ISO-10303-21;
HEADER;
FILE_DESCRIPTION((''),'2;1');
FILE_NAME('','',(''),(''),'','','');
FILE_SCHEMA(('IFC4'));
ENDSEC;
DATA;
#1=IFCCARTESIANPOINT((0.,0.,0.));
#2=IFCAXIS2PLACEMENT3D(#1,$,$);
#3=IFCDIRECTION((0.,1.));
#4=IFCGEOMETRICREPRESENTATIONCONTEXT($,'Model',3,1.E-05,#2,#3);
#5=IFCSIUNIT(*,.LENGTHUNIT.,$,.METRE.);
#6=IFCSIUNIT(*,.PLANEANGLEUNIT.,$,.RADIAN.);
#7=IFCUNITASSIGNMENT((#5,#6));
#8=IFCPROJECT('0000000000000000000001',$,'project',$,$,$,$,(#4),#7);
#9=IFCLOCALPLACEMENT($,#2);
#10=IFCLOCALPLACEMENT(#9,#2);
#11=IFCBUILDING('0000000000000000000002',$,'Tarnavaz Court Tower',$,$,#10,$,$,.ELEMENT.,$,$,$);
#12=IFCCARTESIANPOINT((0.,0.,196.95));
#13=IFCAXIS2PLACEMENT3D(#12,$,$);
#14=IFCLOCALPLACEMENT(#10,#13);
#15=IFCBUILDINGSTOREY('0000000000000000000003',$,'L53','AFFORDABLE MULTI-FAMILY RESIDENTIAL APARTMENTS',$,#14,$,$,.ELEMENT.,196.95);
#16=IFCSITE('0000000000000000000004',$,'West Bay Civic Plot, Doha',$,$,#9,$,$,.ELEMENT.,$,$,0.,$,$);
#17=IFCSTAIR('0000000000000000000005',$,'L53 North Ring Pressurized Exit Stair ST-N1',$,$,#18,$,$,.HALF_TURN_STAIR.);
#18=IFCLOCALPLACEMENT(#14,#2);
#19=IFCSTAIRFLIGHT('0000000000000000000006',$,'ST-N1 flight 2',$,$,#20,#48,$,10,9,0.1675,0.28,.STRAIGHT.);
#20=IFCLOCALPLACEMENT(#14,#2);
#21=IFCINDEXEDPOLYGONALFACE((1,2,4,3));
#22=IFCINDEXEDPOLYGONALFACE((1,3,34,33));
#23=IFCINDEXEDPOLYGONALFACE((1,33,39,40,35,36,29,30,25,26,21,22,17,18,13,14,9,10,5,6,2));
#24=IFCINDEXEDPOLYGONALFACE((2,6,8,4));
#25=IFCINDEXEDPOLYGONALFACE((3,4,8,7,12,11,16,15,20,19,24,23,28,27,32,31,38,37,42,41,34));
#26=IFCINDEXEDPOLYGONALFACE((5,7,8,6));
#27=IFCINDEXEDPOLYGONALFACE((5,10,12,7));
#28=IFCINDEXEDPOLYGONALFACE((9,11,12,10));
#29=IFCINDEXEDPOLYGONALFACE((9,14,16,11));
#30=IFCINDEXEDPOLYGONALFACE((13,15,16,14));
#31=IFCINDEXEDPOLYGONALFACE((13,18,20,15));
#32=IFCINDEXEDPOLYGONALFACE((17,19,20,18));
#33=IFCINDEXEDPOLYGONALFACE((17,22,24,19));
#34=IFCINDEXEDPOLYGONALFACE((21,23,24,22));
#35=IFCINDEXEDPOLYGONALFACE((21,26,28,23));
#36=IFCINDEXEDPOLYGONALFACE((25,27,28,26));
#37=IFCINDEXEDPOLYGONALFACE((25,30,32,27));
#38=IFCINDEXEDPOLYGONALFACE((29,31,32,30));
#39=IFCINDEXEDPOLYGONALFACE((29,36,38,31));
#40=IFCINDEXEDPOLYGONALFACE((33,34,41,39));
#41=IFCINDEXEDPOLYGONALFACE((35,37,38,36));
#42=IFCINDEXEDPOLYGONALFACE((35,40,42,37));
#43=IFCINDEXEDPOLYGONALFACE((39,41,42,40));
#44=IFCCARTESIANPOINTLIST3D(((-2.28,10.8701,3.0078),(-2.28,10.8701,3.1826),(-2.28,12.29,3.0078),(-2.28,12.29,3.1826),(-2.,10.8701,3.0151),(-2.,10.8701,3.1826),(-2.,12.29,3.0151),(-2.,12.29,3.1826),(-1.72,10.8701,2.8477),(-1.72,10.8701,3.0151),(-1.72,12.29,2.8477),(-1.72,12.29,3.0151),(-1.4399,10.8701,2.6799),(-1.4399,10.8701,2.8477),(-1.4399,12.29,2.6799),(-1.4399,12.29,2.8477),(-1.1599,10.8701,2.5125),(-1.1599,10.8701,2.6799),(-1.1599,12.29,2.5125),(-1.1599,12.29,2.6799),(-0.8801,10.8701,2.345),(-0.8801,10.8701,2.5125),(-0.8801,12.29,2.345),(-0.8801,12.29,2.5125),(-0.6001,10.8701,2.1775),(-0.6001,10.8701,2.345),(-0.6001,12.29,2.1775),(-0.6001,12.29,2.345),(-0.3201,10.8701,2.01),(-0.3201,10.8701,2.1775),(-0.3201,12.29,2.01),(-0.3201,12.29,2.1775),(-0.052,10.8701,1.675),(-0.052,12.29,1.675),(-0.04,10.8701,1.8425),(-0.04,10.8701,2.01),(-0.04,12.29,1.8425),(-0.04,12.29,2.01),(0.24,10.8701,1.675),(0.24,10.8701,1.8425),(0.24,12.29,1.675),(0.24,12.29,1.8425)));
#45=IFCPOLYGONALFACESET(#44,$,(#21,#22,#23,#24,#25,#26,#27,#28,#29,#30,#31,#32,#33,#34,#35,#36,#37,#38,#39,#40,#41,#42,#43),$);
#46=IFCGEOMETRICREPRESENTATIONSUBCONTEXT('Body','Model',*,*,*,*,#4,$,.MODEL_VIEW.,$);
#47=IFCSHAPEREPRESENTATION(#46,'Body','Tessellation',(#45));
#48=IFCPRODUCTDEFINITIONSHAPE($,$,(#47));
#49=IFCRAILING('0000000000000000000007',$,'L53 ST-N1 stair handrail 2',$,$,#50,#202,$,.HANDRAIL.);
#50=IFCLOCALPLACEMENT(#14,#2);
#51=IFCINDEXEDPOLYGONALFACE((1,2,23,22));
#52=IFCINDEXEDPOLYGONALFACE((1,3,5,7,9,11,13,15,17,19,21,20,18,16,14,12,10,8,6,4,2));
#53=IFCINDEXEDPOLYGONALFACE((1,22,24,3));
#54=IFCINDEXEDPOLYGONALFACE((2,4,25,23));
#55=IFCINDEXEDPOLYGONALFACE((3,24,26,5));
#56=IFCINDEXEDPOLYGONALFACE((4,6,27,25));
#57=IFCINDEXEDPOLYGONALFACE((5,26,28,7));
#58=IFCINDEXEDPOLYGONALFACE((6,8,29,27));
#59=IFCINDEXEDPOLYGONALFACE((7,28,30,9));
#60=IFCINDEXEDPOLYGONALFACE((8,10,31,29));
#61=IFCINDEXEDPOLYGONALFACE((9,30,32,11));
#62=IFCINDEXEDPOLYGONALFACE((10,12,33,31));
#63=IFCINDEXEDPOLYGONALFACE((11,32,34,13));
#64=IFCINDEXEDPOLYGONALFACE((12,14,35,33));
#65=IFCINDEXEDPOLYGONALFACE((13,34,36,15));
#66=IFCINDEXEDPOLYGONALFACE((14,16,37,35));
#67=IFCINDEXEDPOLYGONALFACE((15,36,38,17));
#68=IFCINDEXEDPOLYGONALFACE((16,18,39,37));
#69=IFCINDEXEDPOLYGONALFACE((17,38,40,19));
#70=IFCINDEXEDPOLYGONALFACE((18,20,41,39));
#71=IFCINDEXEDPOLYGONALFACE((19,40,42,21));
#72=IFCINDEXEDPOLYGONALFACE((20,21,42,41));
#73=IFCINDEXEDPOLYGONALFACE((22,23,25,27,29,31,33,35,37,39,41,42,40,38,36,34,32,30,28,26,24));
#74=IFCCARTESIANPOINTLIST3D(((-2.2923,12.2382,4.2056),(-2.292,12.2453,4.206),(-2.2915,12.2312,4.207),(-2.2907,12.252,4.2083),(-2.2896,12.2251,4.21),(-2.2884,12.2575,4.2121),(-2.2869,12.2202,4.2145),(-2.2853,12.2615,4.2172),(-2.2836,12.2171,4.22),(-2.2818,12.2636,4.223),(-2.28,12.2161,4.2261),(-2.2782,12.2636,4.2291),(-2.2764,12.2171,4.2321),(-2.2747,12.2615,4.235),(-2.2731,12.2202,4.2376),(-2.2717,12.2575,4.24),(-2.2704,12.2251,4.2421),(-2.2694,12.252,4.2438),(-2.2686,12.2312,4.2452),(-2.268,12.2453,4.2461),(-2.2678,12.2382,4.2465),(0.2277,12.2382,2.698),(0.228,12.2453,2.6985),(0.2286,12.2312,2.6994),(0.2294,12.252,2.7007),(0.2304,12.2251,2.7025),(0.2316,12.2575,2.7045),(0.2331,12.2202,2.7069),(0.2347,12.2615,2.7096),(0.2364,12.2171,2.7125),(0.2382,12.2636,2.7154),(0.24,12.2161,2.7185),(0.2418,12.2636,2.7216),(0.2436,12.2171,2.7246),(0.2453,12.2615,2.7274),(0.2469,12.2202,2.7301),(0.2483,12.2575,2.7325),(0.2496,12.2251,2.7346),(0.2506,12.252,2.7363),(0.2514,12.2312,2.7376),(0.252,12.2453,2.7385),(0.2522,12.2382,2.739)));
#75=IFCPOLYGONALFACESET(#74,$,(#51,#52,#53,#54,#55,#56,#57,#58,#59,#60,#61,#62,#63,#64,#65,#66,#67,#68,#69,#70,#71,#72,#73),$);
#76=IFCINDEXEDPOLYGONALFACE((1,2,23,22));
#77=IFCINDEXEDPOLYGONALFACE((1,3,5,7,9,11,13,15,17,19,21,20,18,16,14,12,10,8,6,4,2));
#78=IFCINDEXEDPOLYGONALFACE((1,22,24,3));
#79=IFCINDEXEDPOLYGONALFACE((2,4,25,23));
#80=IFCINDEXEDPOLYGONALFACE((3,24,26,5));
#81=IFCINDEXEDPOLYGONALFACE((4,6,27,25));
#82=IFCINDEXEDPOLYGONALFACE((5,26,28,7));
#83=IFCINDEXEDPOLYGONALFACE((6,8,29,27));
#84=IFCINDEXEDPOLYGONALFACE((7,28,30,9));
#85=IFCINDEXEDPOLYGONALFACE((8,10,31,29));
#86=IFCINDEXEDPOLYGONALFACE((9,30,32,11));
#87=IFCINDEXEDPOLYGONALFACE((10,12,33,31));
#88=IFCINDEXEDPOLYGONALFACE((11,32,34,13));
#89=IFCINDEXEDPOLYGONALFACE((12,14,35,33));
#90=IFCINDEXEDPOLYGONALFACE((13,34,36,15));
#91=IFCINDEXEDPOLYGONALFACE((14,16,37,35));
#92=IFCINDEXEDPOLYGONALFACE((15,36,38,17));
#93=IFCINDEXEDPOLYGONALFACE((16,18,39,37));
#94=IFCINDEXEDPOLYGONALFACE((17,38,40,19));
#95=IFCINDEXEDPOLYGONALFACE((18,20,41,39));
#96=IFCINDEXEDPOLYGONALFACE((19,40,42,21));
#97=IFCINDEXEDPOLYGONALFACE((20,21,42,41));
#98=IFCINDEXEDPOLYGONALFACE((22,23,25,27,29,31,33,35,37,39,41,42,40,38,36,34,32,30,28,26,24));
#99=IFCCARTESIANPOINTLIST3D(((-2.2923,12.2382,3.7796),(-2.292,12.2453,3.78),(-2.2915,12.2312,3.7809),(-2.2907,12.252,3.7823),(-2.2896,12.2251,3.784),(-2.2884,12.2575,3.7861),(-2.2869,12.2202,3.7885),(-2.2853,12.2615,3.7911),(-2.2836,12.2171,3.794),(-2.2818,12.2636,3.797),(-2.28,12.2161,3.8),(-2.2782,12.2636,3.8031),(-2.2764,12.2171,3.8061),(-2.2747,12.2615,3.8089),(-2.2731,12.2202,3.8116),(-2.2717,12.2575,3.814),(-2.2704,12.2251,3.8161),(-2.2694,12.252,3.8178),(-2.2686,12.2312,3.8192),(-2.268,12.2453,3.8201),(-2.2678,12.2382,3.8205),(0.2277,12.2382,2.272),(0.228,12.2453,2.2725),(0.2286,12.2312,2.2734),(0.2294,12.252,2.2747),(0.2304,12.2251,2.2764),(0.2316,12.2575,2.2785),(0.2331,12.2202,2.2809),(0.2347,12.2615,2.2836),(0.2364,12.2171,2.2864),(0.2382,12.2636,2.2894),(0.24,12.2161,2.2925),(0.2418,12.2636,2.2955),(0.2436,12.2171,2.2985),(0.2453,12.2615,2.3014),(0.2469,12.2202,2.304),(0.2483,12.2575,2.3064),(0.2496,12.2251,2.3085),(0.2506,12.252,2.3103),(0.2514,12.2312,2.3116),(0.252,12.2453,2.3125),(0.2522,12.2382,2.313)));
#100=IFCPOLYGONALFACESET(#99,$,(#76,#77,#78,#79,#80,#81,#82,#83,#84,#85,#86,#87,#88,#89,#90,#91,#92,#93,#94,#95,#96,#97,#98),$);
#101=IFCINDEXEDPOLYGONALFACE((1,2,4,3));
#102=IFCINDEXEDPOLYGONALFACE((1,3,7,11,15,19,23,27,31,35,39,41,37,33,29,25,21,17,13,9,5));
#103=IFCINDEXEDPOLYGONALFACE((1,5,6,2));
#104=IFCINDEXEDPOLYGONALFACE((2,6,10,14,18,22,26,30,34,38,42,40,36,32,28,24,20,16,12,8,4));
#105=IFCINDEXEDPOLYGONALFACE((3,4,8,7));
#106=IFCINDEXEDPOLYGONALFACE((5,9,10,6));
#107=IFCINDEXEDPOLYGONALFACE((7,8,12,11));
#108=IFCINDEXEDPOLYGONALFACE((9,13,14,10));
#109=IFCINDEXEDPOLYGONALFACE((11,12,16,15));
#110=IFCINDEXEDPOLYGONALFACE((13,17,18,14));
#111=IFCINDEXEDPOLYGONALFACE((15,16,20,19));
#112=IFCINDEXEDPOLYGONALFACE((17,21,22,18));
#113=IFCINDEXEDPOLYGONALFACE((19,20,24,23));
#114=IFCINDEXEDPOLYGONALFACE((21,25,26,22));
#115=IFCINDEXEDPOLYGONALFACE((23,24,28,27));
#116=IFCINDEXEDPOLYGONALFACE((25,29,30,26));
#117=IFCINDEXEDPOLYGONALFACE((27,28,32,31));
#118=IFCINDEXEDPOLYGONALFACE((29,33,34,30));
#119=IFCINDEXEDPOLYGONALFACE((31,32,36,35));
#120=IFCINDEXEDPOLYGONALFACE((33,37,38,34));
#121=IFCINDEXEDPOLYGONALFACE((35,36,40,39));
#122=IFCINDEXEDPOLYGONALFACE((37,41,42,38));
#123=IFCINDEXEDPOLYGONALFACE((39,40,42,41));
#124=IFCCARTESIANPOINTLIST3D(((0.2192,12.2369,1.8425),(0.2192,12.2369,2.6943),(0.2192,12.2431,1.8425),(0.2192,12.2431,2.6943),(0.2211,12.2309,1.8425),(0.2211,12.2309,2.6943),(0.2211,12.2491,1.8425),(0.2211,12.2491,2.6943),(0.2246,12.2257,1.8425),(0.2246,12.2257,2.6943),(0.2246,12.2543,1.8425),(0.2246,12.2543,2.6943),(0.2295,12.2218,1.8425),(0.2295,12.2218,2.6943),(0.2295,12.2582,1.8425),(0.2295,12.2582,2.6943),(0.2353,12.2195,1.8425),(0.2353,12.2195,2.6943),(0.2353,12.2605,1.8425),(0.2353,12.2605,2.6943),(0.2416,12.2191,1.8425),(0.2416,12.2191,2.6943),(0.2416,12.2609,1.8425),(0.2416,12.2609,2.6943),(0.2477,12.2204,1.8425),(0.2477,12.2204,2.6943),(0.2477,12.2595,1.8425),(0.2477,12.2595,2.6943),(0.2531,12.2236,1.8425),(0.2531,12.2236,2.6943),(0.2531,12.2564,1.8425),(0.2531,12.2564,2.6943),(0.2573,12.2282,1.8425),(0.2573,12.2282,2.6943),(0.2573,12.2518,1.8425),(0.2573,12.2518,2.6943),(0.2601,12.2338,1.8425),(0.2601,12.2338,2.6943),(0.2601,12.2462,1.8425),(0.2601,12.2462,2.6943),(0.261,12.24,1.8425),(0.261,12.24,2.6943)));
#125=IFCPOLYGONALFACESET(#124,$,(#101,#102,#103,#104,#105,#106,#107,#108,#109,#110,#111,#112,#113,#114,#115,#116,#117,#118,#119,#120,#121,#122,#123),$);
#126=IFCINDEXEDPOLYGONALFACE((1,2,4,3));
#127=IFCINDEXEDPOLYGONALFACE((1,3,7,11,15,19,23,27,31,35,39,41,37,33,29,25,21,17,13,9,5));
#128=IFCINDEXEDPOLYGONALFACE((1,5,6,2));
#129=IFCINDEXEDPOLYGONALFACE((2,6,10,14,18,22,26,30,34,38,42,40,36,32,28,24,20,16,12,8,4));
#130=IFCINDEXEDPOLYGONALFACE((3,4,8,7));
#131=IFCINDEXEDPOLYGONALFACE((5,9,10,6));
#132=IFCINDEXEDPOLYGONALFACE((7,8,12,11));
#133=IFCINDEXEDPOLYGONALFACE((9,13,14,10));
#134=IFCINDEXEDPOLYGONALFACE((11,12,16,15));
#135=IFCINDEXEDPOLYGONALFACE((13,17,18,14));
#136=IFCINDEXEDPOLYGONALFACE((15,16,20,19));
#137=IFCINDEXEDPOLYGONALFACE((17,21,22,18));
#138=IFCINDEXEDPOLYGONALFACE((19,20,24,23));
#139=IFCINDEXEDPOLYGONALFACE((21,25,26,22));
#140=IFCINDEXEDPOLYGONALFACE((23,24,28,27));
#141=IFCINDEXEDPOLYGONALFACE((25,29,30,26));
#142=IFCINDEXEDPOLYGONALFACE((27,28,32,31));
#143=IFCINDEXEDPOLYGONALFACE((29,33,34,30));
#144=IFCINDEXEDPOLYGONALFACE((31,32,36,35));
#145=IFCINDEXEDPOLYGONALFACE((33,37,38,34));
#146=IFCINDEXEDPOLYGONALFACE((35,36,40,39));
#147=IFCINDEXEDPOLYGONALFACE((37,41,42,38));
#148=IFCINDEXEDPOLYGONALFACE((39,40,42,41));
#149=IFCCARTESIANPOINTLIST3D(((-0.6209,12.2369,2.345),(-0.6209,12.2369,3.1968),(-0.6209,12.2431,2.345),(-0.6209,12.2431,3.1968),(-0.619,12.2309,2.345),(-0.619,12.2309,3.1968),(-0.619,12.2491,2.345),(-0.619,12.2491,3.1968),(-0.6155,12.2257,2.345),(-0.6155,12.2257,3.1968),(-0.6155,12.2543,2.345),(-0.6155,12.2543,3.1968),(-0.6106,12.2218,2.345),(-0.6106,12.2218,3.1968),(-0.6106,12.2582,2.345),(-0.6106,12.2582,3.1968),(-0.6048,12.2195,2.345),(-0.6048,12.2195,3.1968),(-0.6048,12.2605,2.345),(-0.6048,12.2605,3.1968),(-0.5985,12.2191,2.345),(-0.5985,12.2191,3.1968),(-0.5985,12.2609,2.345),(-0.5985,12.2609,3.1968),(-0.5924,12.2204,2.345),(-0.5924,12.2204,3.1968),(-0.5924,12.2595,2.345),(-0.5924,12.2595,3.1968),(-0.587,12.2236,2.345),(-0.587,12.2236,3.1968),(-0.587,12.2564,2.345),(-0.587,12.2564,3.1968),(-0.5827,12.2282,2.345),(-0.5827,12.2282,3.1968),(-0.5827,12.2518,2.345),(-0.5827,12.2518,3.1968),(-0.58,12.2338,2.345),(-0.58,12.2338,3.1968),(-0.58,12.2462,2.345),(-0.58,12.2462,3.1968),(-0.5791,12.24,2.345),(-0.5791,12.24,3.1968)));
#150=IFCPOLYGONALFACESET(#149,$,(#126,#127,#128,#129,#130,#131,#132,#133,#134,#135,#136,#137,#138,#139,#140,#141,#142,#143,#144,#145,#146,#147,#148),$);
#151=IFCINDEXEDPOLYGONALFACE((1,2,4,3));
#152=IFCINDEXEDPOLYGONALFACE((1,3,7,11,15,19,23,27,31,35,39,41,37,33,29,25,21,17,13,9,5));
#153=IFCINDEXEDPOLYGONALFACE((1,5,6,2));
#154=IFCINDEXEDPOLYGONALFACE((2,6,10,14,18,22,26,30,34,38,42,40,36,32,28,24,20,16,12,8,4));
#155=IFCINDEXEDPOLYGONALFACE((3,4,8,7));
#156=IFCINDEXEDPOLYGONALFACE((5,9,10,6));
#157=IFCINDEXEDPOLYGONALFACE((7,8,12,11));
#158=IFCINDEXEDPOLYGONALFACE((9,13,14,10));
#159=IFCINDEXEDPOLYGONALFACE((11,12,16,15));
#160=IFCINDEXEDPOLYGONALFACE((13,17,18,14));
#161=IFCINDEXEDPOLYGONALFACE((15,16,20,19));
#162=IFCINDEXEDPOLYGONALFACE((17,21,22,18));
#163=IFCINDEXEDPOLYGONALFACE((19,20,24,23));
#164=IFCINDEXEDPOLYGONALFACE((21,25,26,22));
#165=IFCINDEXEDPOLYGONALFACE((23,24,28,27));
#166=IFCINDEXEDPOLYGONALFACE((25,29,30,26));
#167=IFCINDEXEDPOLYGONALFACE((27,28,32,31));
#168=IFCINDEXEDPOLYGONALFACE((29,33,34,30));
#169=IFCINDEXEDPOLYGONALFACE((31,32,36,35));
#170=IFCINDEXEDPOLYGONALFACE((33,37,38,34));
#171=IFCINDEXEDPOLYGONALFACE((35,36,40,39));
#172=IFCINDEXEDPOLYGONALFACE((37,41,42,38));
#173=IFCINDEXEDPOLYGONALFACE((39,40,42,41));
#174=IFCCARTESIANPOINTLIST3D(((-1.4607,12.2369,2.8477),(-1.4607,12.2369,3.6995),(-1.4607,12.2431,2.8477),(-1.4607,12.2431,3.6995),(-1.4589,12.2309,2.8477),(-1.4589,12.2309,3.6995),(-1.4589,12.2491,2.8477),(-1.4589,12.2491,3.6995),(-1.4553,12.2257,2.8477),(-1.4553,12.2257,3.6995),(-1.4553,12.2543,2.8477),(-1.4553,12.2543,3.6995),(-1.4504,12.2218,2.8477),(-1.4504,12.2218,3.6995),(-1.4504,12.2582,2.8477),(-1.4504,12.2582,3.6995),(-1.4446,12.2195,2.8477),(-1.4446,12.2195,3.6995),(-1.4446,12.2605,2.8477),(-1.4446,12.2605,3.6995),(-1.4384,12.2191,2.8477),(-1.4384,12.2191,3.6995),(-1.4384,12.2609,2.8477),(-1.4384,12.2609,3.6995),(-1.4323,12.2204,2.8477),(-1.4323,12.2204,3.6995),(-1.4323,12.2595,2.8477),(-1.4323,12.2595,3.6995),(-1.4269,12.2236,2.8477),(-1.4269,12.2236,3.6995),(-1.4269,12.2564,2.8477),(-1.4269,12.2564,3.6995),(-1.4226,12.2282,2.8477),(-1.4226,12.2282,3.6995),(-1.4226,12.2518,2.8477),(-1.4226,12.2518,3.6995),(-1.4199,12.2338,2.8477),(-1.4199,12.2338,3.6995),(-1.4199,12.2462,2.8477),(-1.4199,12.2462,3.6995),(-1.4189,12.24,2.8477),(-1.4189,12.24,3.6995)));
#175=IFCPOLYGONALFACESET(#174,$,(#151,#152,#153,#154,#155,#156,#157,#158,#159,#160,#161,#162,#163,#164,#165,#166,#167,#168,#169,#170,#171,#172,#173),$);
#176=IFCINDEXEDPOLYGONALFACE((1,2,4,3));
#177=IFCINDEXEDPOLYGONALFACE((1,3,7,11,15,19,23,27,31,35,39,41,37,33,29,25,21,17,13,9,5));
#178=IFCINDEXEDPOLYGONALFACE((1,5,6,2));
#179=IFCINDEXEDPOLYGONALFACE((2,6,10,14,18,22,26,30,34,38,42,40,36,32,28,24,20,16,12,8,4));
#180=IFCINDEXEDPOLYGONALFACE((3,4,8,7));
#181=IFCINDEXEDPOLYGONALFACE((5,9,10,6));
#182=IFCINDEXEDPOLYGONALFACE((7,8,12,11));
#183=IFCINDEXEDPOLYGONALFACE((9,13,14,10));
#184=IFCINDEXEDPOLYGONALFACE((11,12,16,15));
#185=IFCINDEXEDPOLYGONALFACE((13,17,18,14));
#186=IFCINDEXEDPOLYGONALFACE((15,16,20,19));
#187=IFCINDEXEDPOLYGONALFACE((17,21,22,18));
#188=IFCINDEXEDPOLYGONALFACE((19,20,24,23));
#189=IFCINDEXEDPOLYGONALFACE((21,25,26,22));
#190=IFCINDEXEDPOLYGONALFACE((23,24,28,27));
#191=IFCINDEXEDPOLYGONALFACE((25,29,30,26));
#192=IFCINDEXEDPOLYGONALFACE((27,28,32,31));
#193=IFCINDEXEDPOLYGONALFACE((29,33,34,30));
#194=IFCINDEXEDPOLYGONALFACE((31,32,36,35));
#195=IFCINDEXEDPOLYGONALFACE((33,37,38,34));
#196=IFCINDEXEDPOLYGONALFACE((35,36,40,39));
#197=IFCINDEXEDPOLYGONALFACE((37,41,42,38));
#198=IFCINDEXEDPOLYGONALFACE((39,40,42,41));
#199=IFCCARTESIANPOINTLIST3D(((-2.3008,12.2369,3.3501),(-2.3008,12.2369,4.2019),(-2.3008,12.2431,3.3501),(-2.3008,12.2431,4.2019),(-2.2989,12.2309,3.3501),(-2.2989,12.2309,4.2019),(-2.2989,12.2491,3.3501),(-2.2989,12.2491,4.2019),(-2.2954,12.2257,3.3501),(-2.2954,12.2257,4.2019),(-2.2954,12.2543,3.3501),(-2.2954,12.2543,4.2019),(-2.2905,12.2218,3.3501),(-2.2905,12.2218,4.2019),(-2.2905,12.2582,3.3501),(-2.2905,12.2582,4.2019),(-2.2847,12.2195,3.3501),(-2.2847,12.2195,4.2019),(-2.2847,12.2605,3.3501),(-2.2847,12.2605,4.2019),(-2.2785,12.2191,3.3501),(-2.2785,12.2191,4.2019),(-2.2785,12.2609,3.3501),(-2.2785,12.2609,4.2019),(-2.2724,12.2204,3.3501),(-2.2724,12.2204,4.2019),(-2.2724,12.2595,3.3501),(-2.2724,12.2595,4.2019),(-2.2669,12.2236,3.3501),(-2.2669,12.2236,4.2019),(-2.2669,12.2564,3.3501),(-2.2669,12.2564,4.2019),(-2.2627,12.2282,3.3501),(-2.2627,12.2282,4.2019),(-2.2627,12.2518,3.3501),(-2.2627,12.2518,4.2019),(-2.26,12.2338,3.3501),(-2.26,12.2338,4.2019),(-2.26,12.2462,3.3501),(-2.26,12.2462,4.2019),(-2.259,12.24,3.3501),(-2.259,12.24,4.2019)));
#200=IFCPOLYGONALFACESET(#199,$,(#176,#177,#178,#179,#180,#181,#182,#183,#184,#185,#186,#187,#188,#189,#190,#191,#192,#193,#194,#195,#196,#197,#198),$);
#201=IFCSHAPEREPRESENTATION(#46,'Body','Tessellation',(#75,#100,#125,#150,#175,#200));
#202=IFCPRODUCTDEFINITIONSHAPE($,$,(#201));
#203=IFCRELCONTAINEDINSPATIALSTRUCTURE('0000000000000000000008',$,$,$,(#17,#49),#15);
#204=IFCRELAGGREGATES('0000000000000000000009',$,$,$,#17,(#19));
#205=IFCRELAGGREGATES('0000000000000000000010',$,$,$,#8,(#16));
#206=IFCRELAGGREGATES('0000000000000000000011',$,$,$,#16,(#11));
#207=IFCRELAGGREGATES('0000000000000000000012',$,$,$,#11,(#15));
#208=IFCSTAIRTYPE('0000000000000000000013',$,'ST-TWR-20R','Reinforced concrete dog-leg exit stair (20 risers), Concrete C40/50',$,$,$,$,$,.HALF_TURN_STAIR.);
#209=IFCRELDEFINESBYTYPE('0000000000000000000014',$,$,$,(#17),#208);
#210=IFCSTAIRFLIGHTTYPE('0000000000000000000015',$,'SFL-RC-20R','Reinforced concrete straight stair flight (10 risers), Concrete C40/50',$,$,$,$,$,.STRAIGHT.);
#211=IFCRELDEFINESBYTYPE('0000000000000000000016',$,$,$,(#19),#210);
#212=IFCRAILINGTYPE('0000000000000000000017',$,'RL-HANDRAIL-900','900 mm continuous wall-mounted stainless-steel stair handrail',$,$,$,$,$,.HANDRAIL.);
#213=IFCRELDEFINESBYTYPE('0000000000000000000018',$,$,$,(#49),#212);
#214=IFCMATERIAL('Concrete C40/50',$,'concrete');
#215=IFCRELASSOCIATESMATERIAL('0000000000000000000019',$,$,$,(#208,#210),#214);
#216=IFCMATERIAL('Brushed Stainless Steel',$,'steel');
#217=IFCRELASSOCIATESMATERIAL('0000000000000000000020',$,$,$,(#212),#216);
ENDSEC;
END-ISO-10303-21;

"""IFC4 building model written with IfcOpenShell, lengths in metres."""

from ifc_helpers import new_model, si_unit, direction, frame, origin, origin_2d, place, context, subcontext, project, spatial, polyline, circle, outline, extrude, material, type_object, element, aggregate, save


model = new_model("IFC4")

# Units and contexts
model_context = context("Model", 3, precision=1e-05, world=origin(), true_north=direction((0.0, 1.0)))
body_context = subcontext(model_context, "Body", "Model", "MODEL_VIEW")
ifc_project = project(units=[si_unit("LENGTHUNIT", "METRE"), si_unit("PLANEANGLEUNIT", "RADIAN")], contexts=[model_context])

# Site, building, storey
site_placement = place(None, origin())
site = spatial("IfcSite", under=ifc_project, at=site_placement, Name="West Bay Civic Plot, Doha", CompositionType="ELEMENT", RefElevation=0.0)
building_placement = place(site_placement, origin())
building = spatial("IfcBuilding", under=site, at=building_placement, Name="Tarnavaz Court Tower", CompositionType="ELEMENT")
storey_placement = place(building_placement, frame((0.0, 0.0, 196.95)))
storey = spatial("IfcBuildingStorey", under=building, at=storey_placement, Name="L53", Description="AFFORDABLE MULTI-FAMILY RESIDENTIAL APARTMENTS", CompositionType="ELEMENT", Elevation=196.95)

# Stair, stair flight
ifc_material_1 = material(Name="Concrete C40/50", Category="concrete")
stair_type = type_object("IfcStairType", Name="ST-TWR-20R", Description="Reinforced concrete dog-leg exit stair (20 risers), Concrete C40/50", PredefinedType="HALF_TURN_STAIR", material=ifc_material_1)
stair_placement = place(storey_placement, origin())
stair = element("IfcStair", 1, at=stair_placement, inside=storey, type_object=stair_type, Name="L53 North Ring Pressurized Exit Stair ST-N1", PredefinedType="HALF_TURN_STAIR")
stair_flight_type = type_object("IfcStairFlightType", Name="SFL-RC-20R", Description="Reinforced concrete straight stair flight (10 risers), Concrete C40/50", PredefinedType="STRAIGHT", material=ifc_material_1)
stair_flight_placement = place(storey_placement, frame((0.24, 11.5801, 1.675), z_axis=(0.0, 0.0, 1.0), x_axis=(-1.0, 0.0, 0.0)))
stair_flight = element("IfcStairFlight", 2, at=stair_flight_placement, type_object=stair_flight_type, Name="ST-N1 flight 2", NumberOfRisers=10, NumberOfTreads=9, PredefinedType="STRAIGHT", RiserHeight=0.1675, TreadLength=0.28, context=body_context, shape_type="SweptSolid", body=[
    extrude(outline(polyline([(0.0, 0.0), (0.0, 0.1675), (0.28, 0.1675), (0.28, 0.335), (0.5601, 0.335), (0.5601, 0.5024), (0.8401, 0.5024), (0.8401, 0.6699), (1.1201, 0.6699), (1.1201, 0.8374), (1.3999, 0.8374), (1.3999, 1.0049), (1.6799, 1.0049), (1.6799, 1.1726), (1.96, 1.1726), (1.96, 1.3401), (2.24, 1.3401), (2.24, 1.5076), (2.52, 1.5076), (2.52, 1.675), (2.52, 1.3328), (0.292, 0.0), (0.0, 0.0)])), frame((0.0, 0.71, 0.0), z_axis=(0.0, -1.0, 0.0), x_axis=(1.0, 0.0, 0.0)), (0.0, 0.0, 1.0), 1.4199),
])
aggregate(stair, [stair_flight])

# Railing
ifc_material_2 = material(Name="Brushed Stainless Steel", Category="steel")
railing_type_1 = type_object("IfcRailingType", Name="RL-HANDRAIL-900", Description="900 mm continuous wall-mounted stainless-steel stair handrail", PredefinedType="HANDRAIL", material=ifc_material_2)
railing_1_placement = place(storey_placement, frame((0.24, 12.24, 1.8425)))
element("IfcRailing", 3, at=railing_1_placement, inside=storey, type_object=railing_type_1, Name="L53 ST-N1 stair handrail 2", PredefinedType="HANDRAIL", context=body_context, shape_type="SweptSolid", body=[
    extrude(circle(Radius=0.0239, at=origin_2d()), frame((0.0, 0.0, 0.876), z_axis=(-0.85816, 0.0, 0.513383), x_axis=(0.0, -1.0, 0.0)), (0.0, 0.0, 1.0), 2.9365),
    extrude(circle(Radius=0.0239, at=origin_2d()), frame((0.0, 0.0, 0.45), z_axis=(-0.85816, 0.0, 0.513383), x_axis=(0.0, -1.0, 0.0)), (0.0, 0.0, 1.0), 2.9365),
    extrude(circle(Radius=0.021, at=origin_2d()), origin(), (0.0, 0.0, 1.0), 0.8518),
    extrude(circle(Radius=0.021, at=origin_2d()), frame((-0.8401, 0.0, 0.5024)), (0.0, 0.0, 1.0), 0.8518),
    extrude(circle(Radius=0.021, at=origin_2d()), frame((-1.6799, 0.0, 1.0051)), (0.0, 0.0, 1.0), 0.8518),
    extrude(circle(Radius=0.021, at=origin_2d()), frame((-2.52, 0.0, 1.5076)), (0.0, 0.0, 1.0), 0.8518),
])

save(model, "model.ifc")
